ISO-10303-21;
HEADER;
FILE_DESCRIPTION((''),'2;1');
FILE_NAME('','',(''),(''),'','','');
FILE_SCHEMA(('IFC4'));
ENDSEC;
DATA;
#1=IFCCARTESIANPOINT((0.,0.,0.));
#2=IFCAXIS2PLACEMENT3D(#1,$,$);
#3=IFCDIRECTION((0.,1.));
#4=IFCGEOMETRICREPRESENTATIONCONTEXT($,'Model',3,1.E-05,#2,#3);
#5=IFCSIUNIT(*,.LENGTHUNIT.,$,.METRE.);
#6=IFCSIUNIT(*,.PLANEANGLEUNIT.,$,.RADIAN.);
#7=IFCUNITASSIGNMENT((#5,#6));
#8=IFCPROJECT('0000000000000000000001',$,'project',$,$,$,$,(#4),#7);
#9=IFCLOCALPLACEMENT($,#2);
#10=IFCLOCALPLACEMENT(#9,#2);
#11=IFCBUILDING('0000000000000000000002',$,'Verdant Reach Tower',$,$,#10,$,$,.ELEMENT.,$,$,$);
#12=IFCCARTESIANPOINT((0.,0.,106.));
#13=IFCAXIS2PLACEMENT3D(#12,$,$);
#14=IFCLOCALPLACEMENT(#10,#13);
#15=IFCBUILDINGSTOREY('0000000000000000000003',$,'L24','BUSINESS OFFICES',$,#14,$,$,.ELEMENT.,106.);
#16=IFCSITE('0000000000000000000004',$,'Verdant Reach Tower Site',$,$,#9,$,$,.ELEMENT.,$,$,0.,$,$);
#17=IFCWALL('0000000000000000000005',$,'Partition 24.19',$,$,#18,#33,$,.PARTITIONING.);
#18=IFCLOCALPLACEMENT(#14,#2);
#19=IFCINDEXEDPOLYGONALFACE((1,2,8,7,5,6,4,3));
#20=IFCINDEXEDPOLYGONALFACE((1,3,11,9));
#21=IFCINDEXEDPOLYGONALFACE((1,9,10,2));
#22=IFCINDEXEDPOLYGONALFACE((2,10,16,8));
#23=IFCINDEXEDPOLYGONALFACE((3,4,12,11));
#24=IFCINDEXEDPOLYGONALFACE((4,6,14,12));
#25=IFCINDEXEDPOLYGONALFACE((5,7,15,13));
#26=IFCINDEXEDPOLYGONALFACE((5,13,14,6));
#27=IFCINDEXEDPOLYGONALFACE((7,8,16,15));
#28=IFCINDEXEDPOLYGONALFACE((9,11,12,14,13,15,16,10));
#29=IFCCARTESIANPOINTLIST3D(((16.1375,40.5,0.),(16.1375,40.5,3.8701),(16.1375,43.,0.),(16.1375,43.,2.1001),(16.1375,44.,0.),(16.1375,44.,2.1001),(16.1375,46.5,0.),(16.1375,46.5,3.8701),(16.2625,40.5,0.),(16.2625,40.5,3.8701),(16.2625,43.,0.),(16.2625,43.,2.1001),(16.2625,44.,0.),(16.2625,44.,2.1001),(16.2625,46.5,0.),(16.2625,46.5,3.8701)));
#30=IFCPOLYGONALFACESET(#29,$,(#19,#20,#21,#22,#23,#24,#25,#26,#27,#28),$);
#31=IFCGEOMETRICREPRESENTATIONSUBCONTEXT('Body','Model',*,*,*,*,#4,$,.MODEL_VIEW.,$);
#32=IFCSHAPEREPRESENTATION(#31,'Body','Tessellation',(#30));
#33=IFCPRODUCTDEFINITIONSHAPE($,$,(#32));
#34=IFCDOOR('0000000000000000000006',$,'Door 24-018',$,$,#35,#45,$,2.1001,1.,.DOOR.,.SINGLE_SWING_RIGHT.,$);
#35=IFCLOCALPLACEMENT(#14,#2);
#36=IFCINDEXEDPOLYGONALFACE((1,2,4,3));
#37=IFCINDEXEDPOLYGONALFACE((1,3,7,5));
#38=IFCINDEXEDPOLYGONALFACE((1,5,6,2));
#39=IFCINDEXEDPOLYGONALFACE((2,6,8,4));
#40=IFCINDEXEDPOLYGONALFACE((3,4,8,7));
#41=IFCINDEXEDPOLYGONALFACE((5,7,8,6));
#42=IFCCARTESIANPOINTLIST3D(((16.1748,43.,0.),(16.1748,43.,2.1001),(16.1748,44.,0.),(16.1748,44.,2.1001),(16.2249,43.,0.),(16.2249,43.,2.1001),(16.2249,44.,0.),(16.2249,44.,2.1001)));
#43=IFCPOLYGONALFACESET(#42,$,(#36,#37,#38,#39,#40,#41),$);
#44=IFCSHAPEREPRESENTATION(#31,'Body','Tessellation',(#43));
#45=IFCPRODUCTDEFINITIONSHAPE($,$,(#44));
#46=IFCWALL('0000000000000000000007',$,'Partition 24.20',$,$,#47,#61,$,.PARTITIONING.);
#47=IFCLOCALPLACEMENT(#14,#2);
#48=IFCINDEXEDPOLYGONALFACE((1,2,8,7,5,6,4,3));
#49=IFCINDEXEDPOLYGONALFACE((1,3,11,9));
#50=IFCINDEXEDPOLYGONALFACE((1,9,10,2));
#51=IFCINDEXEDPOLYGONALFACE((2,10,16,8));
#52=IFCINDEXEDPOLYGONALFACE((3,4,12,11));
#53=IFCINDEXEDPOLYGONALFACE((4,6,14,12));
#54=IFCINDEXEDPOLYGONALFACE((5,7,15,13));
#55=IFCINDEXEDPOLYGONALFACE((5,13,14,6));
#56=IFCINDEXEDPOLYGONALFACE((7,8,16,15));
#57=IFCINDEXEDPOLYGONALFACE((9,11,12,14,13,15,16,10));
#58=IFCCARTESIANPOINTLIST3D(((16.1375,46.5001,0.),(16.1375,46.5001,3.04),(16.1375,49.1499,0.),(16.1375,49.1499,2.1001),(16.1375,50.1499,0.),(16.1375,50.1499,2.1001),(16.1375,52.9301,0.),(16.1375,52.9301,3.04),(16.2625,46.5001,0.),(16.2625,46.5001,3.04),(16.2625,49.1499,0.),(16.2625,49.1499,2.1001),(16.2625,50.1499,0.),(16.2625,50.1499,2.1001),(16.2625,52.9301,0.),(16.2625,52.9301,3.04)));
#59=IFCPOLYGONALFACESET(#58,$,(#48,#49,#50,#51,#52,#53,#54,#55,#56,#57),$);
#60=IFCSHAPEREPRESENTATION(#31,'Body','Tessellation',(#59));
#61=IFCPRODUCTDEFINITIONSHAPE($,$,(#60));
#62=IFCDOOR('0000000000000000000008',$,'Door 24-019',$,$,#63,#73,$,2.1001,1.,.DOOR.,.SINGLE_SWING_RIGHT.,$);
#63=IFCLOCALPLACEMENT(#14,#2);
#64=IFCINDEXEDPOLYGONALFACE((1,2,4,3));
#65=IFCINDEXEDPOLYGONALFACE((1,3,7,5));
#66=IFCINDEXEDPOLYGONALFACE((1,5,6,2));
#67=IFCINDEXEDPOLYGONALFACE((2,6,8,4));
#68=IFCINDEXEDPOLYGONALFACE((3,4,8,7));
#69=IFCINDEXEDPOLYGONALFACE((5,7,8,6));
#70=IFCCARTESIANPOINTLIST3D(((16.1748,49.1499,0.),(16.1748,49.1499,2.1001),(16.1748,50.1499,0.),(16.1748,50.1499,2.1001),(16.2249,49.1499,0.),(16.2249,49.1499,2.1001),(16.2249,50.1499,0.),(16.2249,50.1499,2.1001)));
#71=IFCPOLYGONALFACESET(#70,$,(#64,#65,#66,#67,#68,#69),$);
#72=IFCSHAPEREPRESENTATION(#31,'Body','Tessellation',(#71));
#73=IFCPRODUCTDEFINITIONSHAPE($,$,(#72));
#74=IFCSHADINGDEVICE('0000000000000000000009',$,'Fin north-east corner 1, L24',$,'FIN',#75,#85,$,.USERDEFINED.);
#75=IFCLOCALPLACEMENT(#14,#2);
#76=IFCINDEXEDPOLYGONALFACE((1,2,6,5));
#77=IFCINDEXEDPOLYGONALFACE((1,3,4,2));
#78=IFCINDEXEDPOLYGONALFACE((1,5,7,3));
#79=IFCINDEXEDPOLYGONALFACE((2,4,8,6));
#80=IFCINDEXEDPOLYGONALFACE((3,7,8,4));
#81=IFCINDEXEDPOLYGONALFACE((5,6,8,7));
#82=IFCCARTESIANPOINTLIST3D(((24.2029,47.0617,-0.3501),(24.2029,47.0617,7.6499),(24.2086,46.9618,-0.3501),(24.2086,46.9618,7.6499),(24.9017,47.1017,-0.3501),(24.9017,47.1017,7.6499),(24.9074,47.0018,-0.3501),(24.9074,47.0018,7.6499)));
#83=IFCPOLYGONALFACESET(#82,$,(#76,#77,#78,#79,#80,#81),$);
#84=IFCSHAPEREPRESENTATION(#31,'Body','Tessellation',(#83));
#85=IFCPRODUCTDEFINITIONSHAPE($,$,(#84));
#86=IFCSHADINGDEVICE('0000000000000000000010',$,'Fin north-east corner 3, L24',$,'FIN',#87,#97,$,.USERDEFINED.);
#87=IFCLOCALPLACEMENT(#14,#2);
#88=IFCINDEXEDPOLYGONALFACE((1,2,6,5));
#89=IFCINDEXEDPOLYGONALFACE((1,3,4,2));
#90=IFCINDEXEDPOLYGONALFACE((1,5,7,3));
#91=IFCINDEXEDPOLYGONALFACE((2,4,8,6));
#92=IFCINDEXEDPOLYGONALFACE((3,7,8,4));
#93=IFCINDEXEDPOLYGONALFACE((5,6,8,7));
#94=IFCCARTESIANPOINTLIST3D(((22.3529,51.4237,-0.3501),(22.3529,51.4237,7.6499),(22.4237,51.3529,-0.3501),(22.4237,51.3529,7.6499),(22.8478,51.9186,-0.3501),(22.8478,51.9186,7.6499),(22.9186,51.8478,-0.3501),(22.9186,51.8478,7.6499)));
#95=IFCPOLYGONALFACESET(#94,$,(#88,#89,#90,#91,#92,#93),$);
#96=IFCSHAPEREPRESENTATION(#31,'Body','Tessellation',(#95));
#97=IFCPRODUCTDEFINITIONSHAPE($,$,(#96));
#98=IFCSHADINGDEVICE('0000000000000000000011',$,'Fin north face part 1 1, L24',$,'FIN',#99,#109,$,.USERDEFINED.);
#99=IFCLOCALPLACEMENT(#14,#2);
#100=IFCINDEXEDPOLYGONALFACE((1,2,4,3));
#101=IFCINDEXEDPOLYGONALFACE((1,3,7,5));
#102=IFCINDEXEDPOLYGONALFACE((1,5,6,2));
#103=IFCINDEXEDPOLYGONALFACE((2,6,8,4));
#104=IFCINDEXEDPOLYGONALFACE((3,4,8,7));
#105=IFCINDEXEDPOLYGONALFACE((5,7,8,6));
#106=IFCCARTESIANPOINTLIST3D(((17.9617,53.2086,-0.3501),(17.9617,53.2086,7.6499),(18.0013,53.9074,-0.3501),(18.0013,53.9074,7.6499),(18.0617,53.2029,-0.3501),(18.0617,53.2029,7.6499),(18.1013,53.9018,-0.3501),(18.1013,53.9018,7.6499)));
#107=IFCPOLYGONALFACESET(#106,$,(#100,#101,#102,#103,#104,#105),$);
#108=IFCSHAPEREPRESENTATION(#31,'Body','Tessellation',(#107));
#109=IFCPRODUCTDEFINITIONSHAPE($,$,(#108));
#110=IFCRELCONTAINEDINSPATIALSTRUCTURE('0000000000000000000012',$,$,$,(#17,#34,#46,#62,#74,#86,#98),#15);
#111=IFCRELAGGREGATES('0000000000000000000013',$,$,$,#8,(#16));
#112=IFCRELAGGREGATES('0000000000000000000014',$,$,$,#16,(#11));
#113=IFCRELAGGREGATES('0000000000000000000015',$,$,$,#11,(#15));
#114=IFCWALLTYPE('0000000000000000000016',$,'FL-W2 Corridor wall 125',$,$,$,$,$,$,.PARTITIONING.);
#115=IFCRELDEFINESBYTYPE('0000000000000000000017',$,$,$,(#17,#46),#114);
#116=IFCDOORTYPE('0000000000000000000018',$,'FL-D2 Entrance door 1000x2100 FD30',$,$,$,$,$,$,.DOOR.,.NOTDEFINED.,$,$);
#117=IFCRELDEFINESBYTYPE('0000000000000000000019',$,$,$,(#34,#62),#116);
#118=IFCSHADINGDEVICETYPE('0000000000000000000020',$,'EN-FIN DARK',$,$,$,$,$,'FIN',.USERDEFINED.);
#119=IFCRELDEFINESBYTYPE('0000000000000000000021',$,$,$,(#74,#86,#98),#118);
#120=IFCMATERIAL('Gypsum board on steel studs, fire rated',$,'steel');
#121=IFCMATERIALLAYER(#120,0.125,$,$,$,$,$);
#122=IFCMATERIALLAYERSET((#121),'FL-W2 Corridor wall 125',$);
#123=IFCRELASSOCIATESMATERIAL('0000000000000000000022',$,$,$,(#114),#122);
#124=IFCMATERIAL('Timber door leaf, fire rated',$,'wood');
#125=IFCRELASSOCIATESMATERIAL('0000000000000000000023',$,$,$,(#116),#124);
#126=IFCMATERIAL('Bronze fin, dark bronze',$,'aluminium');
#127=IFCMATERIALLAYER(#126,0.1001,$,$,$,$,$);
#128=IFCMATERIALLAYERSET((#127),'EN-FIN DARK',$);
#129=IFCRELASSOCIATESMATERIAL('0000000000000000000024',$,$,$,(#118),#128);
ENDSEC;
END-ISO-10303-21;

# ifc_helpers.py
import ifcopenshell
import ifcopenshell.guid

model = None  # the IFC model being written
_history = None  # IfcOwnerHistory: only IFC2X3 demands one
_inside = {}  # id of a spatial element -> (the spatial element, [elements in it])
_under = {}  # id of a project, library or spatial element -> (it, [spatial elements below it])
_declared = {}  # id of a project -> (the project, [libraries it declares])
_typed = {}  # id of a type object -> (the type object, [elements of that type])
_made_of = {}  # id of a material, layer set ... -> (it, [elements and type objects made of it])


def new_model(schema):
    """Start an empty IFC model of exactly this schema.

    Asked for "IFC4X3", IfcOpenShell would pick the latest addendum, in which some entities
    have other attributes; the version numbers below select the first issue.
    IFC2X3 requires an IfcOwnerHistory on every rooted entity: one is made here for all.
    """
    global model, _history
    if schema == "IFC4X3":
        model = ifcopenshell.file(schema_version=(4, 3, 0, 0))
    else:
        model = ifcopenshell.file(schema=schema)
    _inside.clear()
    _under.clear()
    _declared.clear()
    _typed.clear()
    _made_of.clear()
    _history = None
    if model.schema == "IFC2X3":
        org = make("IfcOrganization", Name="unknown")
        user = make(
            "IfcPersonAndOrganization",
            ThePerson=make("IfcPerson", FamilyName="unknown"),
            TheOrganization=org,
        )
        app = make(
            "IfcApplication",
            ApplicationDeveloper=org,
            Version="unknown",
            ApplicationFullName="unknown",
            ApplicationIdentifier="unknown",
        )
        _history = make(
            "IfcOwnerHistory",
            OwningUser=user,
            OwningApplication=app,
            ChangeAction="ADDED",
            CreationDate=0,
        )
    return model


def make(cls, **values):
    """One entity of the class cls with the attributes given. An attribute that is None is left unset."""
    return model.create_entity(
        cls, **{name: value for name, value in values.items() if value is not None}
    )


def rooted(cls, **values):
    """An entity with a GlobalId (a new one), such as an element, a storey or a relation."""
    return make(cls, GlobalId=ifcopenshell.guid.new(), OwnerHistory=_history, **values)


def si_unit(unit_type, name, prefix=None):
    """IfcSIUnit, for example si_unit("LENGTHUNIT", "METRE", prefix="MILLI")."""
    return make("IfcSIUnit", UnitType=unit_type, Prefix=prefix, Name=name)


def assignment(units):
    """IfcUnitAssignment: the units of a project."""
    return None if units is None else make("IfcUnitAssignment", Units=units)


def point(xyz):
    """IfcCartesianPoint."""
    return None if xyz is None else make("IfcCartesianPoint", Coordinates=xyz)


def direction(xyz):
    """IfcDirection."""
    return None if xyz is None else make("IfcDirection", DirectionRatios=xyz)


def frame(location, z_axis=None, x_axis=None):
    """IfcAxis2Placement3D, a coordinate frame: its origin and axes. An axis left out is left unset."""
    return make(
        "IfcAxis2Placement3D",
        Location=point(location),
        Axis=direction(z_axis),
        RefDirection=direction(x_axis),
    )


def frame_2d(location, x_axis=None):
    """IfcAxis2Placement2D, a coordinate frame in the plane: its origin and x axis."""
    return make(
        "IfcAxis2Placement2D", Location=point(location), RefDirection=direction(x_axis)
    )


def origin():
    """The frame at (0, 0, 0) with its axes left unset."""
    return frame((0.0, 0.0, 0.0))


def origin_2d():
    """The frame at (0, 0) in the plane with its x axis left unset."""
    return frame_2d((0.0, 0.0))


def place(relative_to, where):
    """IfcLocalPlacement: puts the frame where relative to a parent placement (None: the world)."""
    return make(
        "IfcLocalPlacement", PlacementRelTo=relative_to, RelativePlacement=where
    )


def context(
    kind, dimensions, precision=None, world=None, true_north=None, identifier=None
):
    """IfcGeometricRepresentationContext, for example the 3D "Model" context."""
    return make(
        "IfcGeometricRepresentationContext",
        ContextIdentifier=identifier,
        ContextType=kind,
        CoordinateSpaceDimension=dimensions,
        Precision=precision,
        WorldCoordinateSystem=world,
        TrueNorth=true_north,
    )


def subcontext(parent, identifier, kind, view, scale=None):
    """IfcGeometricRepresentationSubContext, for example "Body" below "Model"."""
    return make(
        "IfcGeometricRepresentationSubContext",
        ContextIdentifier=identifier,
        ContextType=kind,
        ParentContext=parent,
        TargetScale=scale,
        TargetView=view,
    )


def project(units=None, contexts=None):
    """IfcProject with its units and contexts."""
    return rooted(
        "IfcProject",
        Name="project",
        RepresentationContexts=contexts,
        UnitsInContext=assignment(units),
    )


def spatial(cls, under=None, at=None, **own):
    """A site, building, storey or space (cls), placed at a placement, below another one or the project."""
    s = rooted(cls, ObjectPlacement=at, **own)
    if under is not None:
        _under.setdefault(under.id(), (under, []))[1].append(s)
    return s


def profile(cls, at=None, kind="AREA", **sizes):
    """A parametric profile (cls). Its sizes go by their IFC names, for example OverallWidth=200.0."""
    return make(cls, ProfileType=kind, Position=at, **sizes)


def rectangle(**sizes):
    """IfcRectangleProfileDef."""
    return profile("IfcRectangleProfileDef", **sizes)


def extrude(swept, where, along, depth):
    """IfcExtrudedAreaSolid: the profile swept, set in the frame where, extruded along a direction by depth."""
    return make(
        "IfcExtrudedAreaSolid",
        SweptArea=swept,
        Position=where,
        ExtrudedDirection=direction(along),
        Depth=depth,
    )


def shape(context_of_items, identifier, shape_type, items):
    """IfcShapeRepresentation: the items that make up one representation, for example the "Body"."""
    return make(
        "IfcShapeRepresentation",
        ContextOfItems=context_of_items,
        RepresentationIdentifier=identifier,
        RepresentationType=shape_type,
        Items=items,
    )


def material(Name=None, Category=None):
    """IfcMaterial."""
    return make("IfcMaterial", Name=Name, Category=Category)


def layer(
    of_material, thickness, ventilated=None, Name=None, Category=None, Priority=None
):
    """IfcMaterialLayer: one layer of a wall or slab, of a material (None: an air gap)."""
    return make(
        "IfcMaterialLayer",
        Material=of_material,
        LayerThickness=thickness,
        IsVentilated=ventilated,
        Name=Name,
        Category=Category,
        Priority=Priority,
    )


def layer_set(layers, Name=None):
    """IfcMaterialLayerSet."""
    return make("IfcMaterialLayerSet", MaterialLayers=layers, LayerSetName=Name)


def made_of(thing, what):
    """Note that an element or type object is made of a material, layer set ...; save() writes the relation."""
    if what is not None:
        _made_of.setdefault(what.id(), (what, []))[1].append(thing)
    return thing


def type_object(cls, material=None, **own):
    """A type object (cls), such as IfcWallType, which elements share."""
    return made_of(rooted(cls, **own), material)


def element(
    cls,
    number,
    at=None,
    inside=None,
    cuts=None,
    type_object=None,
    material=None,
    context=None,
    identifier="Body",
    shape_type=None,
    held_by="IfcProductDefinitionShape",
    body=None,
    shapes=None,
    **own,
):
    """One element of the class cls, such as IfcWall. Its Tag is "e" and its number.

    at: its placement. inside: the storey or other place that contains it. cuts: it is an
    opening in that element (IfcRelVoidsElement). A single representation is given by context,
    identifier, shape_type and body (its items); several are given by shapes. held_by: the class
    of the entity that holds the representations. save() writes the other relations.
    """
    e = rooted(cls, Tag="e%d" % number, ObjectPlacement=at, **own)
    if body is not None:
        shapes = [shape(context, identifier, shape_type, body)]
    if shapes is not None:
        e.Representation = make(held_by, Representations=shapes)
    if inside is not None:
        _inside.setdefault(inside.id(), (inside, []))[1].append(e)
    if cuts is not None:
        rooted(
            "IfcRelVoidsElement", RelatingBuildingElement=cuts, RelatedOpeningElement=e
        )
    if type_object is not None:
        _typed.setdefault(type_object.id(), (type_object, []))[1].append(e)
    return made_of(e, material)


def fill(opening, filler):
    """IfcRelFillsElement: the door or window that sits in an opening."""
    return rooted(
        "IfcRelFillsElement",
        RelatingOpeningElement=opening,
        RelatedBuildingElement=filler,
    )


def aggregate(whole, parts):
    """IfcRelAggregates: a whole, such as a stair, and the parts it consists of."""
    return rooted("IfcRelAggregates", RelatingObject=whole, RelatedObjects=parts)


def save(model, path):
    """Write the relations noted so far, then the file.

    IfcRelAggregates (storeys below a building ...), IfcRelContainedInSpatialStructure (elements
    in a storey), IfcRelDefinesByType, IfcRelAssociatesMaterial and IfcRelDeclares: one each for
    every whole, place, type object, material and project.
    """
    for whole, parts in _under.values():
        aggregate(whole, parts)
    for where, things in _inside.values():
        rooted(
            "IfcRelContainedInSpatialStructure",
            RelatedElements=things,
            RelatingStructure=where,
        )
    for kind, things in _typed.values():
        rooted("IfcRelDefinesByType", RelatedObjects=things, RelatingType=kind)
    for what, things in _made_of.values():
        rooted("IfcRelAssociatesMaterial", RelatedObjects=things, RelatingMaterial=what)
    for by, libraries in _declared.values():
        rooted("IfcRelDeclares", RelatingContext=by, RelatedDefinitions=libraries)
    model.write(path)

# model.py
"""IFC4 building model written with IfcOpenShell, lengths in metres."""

from ifc_helpers import new_model, si_unit, direction, frame, frame_2d, origin, origin_2d, place, context, subcontext, project, spatial, rectangle, extrude, material, layer, layer_set, type_object, element, fill, save


model = new_model("IFC4")

# Units and contexts
model_context = context("Model", 3, precision=1e-05, world=origin(), true_north=direction((0.0, 1.0)))
body_context = subcontext(model_context, "Body", "Model", "MODEL_VIEW")
ifc_project = project(units=[si_unit("LENGTHUNIT", "METRE"), si_unit("PLANEANGLEUNIT", "RADIAN")], contexts=[model_context])

# Site, building, storey
site_placement = place(None, origin())
site = spatial("IfcSite", under=ifc_project, at=site_placement, Name="Verdant Reach Tower Site", CompositionType="ELEMENT", RefElevation=0.0)
building_placement = place(site_placement, origin())
building = spatial("IfcBuilding", under=site, at=building_placement, Name="Verdant Reach Tower", CompositionType="ELEMENT")
storey_placement = place(building_placement, frame((0.0, 0.0, 106.0)))
storey = spatial("IfcBuildingStorey", under=building, at=storey_placement, Name="L24", Description="BUSINESS OFFICES", CompositionType="ELEMENT", Elevation=106.0)

# Walls, openings, doors
ifc_material_1 = material(Name="Gypsum board on steel studs, fire rated", Category="steel")
ifc_layer_1 = layer(ifc_material_1, 0.125)
ifc_layer_set_1 = layer_set([ifc_layer_1], Name="FL-W2 Corridor wall 125")
wall_type_1 = type_object("IfcWallType", Name="FL-W2 Corridor wall 125", PredefinedType="PARTITIONING", material=ifc_layer_set_1)
wall_1_placement = place(storey_placement, frame((16.2, 46.5, 0.0), z_axis=(0.0, 0.0, 1.0), x_axis=(0.0, -1.0, 0.0)))
wall_1 = element("IfcWall", 1, at=wall_1_placement, inside=storey, type_object=wall_type_1, Name="Partition 24.19", PredefinedType="PARTITIONING", context=body_context, shape_type="SweptSolid", body=[
    extrude(rectangle(XDim=6.0, YDim=0.125, at=frame_2d((3.0, 0.0))), origin(), (0.0, 0.0, 1.0), 3.8701),
])
opening_1_placement = place(wall_1_placement, frame((2.5, 0.0, 0.0)))
opening_1 = element("IfcOpeningElement", 2, at=opening_1_placement, cuts=wall_1, PredefinedType="OPENING", context=body_context, shape_type="SweptSolid", body=[
    extrude(rectangle(XDim=1.0, YDim=2.1001, at=frame_2d((0.5, 1.05))), frame((0.0, 0.0725, 0.0), z_axis=(0.0, -1.0, 0.0), x_axis=(1.0, 0.0, 0.0)), (0.0, 0.0, 1.0), 0.145),
])
ifc_material_2 = material(Name="Timber door leaf, fire rated", Category="wood")
door_type = type_object("IfcDoorType", Name="FL-D2 Entrance door 1000x2100 FD30", OperationType="NOTDEFINED", PredefinedType="DOOR", material=ifc_material_2)
door_1_placement = place(opening_1_placement, origin())
door_1 = element("IfcDoor", 3, at=door_1_placement, inside=storey, type_object=door_type, Name="Door 24-018", OperationType="SINGLE_SWING_RIGHT", OverallHeight=2.1001, OverallWidth=1.0, PredefinedType="DOOR", context=body_context, shape_type="SweptSolid", body=[
    extrude(rectangle(XDim=1.0, YDim=2.1001, at=frame_2d((0.5, 1.05))), frame((0.0, 0.0249, 0.0), z_axis=(0.0, -1.0, 0.0), x_axis=(1.0, 0.0, 0.0)), (0.0, 0.0, 1.0), 0.05),
])
fill(opening_1, door_1)
wall_2_placement = place(storey_placement, frame((16.2, 52.9299, 0.0), z_axis=(0.0, 0.0, 1.0), x_axis=(0.0, -1.0, 0.0)))
wall_2 = element("IfcWall", 4, at=wall_2_placement, inside=storey, type_object=wall_type_1, Name="Partition 24.20", PredefinedType="PARTITIONING", context=body_context, shape_type="SweptSolid", body=[
    extrude(rectangle(XDim=6.4299, YDim=0.125, at=frame_2d((3.2148, 0.0))), origin(), (0.0, 0.0, 1.0), 3.04),
])
opening_2_placement = place(wall_2_placement, frame((2.78, 0.0, 0.0)))
opening_2 = element("IfcOpeningElement", 5, at=opening_2_placement, cuts=wall_2, PredefinedType="OPENING", context=body_context, shape_type="SweptSolid", body=[
    extrude(rectangle(XDim=1.0, YDim=2.1001, at=frame_2d((0.5, 1.05))), frame((0.0, 0.0725, 0.0), z_axis=(0.0, -1.0, 0.0), x_axis=(1.0, 0.0, 0.0)), (0.0, 0.0, 1.0), 0.145),
])
door_2_placement = place(opening_2_placement, origin())
door_2 = element("IfcDoor", 6, at=door_2_placement, inside=storey, type_object=door_type, Name="Door 24-019", OperationType="SINGLE_SWING_RIGHT", OverallHeight=2.1001, OverallWidth=1.0, PredefinedType="DOOR", context=body_context, shape_type="SweptSolid", body=[
    extrude(rectangle(XDim=1.0, YDim=2.1001, at=frame_2d((0.5, 1.05))), frame((0.0, 0.0249, 0.0), z_axis=(0.0, -1.0, 0.0), x_axis=(1.0, 0.0, 0.0)), (0.0, 0.0, 1.0), 0.05),
])
fill(opening_2, door_2)

# Shading devices
ifc_material_3 = material(Name="Bronze fin, dark bronze", Category="aluminium")
ifc_layer_2 = layer(ifc_material_3, 0.1001)
ifc_layer_set_2 = layer_set([ifc_layer_2], Name="EN-FIN DARK")
shading_device_type = type_object("IfcShadingDeviceType", Name="EN-FIN DARK", ElementType="FIN", PredefinedType="USERDEFINED", material=ifc_layer_set_2)
for number, where, z_axis, x_axis, name in (
    (7, (24.5552, 47.0317, -0.3501), (0.0, 0.0, 1.0), (-0.057135, 0.998366, 0.0), "Fin north-east corner 1, L24"),
    (8, (22.6357, 51.6357, -0.3501), (0.0, 0.0, 1.0), (-0.707107, 0.707107, 0.0), "Fin north-east corner 3, L24"),
    (9, (18.0315, 53.5552, -0.3501), (0.0, 0.0, 1.0), (-0.998399, 0.056569, 0.0), "Fin north face part 1 1, L24"),
):
    element("IfcShadingDevice", number, at=place(storey_placement, frame(where, z_axis=z_axis, x_axis=x_axis)), inside=storey, type_object=shading_device_type, Name=name, ObjectType="FIN", PredefinedType="USERDEFINED", context=body_context, shape_type="SweptSolid", body=[
        extrude(rectangle(XDim=0.1001, YDim=0.7, at=origin_2d()), origin(), (0.0, 0.0, 1.0), 8.0),
    ])

save(model, "model.ifc")
